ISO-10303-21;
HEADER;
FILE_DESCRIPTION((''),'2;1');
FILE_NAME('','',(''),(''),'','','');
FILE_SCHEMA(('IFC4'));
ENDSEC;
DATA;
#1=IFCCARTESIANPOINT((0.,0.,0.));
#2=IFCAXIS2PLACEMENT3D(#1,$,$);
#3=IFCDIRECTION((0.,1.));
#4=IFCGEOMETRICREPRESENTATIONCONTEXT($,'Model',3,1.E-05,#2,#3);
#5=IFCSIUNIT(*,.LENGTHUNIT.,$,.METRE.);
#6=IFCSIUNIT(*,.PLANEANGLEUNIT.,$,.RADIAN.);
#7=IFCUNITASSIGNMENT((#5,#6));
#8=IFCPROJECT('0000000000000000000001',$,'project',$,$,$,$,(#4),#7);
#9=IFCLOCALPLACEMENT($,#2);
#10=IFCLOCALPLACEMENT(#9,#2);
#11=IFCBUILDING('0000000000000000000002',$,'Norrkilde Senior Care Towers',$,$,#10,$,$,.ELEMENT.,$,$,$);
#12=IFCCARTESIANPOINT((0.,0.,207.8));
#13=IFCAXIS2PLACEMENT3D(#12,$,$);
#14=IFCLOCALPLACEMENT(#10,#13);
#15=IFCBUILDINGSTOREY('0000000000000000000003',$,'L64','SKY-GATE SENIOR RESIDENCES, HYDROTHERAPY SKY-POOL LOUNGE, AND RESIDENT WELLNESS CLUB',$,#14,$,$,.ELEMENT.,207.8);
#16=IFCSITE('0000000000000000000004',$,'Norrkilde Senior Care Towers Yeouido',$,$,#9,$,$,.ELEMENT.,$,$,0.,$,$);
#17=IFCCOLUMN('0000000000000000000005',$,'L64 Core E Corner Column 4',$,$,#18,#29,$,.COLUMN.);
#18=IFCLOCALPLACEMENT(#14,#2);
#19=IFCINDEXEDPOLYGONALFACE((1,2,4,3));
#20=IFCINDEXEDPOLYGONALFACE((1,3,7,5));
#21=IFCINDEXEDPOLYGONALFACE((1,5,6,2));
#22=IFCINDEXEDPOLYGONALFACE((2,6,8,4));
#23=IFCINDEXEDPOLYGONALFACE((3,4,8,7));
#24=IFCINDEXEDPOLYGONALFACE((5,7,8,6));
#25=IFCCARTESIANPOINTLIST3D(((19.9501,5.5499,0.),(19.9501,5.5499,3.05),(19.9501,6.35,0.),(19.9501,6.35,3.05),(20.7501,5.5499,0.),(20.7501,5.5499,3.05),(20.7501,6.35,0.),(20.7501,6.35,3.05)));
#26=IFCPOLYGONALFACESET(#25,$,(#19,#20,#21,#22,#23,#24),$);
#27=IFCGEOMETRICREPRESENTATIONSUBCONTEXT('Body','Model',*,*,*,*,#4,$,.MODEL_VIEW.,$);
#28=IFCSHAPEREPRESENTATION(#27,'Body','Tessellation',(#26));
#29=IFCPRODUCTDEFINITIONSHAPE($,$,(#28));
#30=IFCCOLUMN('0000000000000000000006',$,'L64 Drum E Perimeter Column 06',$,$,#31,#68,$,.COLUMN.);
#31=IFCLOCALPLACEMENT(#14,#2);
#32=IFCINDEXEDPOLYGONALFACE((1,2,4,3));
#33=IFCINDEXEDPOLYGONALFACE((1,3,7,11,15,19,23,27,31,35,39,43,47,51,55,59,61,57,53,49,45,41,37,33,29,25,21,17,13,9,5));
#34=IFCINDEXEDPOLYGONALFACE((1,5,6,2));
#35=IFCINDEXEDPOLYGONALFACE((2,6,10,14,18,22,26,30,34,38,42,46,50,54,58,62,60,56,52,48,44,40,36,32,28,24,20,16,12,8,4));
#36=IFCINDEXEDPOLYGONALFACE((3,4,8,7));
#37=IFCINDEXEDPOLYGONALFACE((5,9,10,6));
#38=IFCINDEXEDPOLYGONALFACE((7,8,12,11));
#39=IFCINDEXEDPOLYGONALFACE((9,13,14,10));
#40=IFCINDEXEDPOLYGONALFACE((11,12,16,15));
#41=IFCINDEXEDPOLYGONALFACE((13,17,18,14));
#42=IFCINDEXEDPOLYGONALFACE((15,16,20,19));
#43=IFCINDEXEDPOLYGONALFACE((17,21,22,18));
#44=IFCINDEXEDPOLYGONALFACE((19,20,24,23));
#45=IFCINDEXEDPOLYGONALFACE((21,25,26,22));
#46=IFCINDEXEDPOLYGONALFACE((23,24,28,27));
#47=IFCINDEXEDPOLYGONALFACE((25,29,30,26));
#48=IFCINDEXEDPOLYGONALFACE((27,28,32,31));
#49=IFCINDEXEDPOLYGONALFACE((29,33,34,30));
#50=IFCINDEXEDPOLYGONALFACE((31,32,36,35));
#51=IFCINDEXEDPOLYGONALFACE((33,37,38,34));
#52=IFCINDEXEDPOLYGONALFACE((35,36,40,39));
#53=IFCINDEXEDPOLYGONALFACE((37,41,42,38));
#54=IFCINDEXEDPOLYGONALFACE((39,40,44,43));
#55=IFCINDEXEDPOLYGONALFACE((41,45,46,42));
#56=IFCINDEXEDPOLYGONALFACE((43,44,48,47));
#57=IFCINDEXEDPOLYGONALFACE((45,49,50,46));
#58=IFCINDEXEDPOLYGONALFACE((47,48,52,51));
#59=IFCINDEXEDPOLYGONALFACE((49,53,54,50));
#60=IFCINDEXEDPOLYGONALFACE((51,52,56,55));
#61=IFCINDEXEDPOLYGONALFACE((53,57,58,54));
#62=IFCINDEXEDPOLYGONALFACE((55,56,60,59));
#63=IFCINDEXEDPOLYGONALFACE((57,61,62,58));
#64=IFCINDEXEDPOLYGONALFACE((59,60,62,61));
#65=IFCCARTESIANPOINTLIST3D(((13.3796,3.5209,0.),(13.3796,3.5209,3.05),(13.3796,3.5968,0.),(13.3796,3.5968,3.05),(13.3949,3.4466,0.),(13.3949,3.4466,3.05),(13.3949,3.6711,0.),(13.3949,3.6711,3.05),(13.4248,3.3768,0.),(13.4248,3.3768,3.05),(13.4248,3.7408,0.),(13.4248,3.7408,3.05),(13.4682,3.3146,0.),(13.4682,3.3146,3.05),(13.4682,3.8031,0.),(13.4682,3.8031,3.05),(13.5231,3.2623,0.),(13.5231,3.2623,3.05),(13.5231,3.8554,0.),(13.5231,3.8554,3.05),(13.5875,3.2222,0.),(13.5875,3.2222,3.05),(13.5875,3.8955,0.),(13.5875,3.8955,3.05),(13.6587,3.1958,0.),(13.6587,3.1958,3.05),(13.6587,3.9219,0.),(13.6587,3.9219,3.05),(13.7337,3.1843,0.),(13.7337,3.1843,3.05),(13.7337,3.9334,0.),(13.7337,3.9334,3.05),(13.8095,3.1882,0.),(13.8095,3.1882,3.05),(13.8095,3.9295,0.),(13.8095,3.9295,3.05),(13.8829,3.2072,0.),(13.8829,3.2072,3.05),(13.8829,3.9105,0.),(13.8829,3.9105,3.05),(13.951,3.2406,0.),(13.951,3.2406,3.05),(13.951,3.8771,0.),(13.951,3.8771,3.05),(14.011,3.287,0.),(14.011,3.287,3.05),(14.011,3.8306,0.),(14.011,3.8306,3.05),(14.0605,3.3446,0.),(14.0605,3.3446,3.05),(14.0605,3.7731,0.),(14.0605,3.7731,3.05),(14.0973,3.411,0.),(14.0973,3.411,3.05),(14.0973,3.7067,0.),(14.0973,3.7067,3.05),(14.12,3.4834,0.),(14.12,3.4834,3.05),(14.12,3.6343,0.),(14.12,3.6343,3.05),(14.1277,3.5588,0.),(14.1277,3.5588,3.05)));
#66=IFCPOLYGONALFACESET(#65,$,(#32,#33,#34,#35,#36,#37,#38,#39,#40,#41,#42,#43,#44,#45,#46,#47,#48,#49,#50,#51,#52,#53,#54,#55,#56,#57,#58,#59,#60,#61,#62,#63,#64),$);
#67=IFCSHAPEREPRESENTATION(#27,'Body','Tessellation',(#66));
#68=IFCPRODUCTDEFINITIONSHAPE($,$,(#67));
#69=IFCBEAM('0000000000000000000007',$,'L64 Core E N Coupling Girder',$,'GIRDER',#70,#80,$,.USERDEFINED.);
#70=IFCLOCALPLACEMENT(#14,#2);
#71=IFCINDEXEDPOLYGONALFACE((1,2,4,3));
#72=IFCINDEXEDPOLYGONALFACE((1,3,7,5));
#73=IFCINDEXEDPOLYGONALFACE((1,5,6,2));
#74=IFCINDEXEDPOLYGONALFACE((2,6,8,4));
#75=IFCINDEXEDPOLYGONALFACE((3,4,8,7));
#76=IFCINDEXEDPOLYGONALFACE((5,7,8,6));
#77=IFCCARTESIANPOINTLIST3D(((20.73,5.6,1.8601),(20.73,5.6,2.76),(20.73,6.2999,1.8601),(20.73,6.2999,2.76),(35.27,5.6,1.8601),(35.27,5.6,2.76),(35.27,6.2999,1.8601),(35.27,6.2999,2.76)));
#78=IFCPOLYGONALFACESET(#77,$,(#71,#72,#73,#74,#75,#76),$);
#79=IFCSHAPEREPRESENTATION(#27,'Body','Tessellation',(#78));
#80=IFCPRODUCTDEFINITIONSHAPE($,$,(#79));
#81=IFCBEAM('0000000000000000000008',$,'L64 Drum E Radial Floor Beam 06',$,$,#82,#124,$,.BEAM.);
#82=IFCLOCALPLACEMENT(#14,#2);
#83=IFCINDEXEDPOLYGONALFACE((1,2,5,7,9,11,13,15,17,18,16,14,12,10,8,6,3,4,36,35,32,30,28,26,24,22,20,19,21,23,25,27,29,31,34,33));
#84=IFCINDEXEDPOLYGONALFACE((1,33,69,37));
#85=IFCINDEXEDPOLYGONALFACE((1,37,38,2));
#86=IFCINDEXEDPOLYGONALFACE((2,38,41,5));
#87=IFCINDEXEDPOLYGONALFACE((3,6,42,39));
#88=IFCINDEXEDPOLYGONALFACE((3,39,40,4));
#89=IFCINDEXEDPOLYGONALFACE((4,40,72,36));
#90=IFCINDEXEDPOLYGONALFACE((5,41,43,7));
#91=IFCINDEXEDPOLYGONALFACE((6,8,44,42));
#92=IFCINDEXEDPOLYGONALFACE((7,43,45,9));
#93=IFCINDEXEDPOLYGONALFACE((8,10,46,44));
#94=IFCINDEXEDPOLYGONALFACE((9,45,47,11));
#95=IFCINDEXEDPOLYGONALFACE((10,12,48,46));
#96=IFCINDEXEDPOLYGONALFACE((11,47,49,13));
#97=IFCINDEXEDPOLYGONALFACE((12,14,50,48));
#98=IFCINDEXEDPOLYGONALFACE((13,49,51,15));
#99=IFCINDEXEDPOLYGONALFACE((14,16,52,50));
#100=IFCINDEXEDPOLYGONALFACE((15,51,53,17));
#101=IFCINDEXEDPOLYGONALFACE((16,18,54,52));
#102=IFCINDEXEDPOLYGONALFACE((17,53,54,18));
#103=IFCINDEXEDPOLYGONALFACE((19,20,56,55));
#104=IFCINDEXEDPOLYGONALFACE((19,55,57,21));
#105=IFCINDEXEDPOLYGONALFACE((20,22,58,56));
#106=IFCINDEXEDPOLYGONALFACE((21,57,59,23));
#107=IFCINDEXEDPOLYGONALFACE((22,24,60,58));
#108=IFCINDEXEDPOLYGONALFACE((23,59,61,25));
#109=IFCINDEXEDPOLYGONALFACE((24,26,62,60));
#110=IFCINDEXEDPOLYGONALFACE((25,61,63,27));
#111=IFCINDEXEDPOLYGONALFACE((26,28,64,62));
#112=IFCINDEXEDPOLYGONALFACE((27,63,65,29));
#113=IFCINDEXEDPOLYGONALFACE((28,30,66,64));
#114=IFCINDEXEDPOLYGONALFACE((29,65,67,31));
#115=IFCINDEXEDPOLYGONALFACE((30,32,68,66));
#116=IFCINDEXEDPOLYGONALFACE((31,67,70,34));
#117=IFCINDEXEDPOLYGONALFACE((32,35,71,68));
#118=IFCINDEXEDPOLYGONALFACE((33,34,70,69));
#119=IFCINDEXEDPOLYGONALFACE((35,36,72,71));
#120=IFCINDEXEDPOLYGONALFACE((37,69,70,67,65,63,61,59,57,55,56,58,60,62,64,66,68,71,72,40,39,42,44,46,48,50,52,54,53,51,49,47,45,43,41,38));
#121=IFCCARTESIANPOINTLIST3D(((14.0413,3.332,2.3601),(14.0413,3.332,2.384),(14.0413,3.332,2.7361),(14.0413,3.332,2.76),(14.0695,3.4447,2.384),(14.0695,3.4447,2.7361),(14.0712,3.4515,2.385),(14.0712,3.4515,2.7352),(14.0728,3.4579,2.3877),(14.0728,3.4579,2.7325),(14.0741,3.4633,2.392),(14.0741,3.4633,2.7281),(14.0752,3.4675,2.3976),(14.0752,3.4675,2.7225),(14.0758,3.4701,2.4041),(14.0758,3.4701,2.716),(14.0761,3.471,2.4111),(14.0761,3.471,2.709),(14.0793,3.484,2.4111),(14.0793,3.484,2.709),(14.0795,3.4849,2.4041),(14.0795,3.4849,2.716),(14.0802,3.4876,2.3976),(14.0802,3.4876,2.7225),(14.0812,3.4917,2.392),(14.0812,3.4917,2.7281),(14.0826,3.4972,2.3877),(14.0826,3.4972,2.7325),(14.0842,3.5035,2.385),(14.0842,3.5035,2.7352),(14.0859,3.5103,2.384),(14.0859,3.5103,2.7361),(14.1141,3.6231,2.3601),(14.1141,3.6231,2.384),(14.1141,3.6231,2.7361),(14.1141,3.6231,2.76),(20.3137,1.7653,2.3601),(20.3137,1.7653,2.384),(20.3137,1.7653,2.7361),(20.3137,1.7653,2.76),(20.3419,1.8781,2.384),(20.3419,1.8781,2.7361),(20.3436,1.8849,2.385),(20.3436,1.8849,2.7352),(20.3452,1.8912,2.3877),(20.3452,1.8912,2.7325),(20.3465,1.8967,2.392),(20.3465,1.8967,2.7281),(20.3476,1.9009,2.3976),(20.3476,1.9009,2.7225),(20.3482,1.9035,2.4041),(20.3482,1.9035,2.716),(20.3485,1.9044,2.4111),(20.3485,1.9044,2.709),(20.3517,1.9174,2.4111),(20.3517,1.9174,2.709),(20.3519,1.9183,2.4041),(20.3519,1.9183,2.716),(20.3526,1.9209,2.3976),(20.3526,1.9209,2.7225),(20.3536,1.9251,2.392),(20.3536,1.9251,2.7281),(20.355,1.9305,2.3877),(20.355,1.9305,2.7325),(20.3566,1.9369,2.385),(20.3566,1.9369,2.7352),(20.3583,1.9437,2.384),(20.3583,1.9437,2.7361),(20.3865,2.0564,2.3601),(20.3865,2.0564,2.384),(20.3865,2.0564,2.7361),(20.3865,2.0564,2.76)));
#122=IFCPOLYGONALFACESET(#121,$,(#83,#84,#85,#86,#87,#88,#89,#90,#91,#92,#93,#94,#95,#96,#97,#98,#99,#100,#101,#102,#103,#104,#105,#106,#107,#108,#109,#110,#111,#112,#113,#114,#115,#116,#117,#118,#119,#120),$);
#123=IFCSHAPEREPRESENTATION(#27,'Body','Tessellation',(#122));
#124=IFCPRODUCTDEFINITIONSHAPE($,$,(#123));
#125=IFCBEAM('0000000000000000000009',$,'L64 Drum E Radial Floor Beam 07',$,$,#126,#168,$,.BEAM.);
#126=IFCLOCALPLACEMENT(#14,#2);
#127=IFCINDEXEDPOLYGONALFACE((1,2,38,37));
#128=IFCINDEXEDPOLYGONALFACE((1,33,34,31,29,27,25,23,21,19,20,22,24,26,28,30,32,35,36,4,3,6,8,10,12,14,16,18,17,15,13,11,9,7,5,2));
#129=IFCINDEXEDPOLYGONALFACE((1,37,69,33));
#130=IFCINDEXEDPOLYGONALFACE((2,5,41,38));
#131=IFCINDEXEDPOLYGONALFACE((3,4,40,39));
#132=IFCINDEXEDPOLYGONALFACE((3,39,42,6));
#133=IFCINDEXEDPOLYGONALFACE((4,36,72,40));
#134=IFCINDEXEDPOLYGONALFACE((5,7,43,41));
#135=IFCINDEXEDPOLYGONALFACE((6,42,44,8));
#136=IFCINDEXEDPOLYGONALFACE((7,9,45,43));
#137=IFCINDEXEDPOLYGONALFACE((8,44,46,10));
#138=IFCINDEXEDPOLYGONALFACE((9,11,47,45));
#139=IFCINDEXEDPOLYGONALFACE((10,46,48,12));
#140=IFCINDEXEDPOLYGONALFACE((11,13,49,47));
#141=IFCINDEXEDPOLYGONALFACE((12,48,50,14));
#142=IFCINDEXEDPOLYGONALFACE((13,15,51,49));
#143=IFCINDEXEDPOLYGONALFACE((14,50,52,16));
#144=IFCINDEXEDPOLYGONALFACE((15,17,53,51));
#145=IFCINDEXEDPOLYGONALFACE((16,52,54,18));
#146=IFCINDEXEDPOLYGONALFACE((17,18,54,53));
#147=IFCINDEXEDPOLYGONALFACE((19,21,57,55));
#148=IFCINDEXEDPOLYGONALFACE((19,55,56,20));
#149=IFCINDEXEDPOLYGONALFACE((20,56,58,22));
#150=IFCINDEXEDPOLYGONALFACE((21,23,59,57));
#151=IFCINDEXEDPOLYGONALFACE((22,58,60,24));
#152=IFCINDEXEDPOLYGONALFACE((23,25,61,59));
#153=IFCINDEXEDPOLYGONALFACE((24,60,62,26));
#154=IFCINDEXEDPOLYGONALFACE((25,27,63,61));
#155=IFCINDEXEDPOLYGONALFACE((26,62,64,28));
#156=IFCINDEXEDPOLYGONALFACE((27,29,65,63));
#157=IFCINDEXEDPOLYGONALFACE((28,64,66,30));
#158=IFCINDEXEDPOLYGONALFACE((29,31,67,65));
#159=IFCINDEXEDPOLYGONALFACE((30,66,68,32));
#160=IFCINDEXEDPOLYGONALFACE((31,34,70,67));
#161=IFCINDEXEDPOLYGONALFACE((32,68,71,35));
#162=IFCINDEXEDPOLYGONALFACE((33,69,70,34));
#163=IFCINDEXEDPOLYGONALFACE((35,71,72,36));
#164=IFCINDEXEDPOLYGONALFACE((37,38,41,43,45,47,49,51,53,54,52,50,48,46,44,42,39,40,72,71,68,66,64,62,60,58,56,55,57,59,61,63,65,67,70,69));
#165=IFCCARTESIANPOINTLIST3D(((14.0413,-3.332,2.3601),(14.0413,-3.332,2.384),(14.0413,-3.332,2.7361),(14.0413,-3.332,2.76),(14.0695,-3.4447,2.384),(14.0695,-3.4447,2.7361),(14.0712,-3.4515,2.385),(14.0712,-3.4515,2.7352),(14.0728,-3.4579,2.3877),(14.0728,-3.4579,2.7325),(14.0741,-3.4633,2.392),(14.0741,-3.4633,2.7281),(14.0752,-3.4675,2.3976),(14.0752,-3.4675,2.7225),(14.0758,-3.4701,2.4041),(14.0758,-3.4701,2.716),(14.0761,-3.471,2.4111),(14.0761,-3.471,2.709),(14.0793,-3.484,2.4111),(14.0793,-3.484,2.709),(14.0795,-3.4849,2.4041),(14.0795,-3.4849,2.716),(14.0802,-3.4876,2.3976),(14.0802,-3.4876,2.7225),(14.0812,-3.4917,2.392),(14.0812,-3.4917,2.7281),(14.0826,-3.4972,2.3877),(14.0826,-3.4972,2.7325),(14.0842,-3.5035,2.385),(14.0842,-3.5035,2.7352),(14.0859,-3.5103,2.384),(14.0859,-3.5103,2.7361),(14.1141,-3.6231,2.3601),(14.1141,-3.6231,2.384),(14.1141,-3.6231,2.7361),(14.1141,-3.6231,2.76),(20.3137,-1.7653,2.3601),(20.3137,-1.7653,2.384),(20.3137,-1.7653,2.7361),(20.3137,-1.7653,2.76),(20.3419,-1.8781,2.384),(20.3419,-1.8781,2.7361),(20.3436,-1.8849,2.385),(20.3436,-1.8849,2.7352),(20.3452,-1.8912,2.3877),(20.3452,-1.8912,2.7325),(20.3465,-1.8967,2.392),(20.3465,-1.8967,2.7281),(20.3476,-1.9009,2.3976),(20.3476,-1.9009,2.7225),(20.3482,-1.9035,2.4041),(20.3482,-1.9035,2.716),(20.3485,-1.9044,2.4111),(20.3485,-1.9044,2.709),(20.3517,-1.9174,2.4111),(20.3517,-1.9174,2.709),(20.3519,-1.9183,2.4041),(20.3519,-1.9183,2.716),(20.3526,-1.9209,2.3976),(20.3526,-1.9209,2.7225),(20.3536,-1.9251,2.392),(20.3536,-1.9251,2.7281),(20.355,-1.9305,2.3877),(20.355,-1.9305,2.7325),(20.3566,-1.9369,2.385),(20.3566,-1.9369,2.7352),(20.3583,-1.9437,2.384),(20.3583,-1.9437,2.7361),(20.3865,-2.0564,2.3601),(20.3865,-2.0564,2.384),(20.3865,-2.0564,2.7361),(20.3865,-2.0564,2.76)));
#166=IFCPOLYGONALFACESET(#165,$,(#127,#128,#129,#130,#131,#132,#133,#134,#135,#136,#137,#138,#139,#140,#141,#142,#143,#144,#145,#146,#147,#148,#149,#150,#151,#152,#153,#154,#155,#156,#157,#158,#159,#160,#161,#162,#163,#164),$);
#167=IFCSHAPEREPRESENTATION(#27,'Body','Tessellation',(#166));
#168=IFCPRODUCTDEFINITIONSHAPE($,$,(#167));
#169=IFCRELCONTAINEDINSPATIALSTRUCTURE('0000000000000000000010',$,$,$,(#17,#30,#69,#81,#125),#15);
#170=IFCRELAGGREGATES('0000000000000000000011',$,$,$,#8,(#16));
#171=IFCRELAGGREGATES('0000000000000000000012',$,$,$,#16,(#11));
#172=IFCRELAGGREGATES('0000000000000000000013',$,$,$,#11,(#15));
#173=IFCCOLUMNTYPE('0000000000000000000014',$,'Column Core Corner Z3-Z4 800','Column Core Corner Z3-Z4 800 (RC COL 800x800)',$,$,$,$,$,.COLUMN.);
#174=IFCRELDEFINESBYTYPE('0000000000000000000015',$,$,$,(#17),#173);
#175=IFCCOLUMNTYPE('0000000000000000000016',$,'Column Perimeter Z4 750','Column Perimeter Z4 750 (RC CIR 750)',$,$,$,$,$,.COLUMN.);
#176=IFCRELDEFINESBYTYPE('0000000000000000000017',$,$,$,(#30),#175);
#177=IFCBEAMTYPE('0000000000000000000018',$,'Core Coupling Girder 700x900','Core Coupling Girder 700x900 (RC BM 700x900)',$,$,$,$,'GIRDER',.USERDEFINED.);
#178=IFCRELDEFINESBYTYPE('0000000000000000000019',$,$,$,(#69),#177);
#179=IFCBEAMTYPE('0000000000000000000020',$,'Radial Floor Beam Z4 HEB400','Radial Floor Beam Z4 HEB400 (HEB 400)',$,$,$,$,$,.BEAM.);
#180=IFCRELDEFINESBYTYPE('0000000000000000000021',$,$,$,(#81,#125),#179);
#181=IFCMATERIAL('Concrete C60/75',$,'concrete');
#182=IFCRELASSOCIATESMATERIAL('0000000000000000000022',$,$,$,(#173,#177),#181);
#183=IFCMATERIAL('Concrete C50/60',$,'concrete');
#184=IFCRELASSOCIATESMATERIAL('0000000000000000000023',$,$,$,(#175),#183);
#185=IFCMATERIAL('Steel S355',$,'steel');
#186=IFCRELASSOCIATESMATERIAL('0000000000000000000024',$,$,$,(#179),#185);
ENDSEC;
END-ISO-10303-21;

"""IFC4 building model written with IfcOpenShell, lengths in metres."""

from ifc_helpers import new_model, si_unit, direction, frame, origin, origin_2d, place, context, subcontext, project, spatial, rectangle, circle, i_section, extrude, source, transform, mapped, material, material_profile, profile_set, type_object, type_shapes, element, save


model = new_model("IFC4")

# Units and contexts
model_context = context("Model", 3, precision=1e-05, world=origin(), true_north=direction((0.0, 1.0)))
body_context = subcontext(model_context, "Body", "Model", "MODEL_VIEW")
ifc_project = project(units=[si_unit("LENGTHUNIT", "METRE"), si_unit("PLANEANGLEUNIT", "RADIAN")], contexts=[model_context])

# Site, building, storey
site_placement = place(None, origin())
site = spatial("IfcSite", under=ifc_project, at=site_placement, Name="Norrkilde Senior Care Towers Yeouido", CompositionType="ELEMENT", RefElevation=0.0)
building_placement = place(site_placement, origin())
building = spatial("IfcBuilding", under=site, at=building_placement, Name="Norrkilde Senior Care Towers", CompositionType="ELEMENT")
storey_placement = place(building_placement, frame((0.0, 0.0, 207.8)))
storey = spatial("IfcBuildingStorey", under=building, at=storey_placement, Name="L64", Description="SKY-GATE SENIOR RESIDENCES, HYDROTHERAPY SKY-POOL LOUNGE, AND RESIDENT WELLNESS CLUB", CompositionType="ELEMENT", Elevation=207.8)

# Columns
ifc_material_1 = material(Name="Concrete C60/75", Category="concrete")
ifc_material_profile_1 = material_profile(ifc_material_1, rectangle(XDim=0.8, YDim=0.8, at=origin_2d()), Name="RC COL 800x800")
ifc_profile_set_1 = profile_set([ifc_material_profile_1], Name="Concrete C60/75")
column_type_1 = type_object("IfcColumnType", Name="Column Core Corner Z3-Z4 800", Description="Column Core Corner Z3-Z4 800 (RC COL 800x800)", PredefinedType="COLUMN", material=ifc_profile_set_1)
shared_shape_1 = source(origin(), body_context, "Body", "SweptSolid", [
    extrude(rectangle(XDim=0.8, YDim=0.8, at=origin_2d()), origin(), (0.0, 0.0, 1.0), 3.05),
])
type_shapes(column_type_1, [shared_shape_1])
column_1_placement = place(storey_placement, frame((20.3501, 5.95, 0.0), z_axis=(0.0, 0.0, 1.0), x_axis=(1.0, 0.0, 0.0)))
element("IfcColumn", 1, at=column_1_placement, inside=storey, type_object=column_type_1, Name="L64 Core E Corner Column 4", PredefinedType="COLUMN", context=body_context, shape_type="MappedRepresentation", body=[
    mapped(shared_shape_1, transform((0.0, 0.0, 0.0), x_axis=(1.0, 0.0, 0.0), y_axis=(0.0, 1.0, 0.0), z_axis=(0.0, 0.0, 1.0), scale=1.0)),
])
ifc_material_2 = material(Name="Concrete C50/60", Category="concrete")
ifc_material_profile_2 = material_profile(ifc_material_2, circle(Radius=0.375, at=origin_2d()), Name="RC CIR 750")
ifc_profile_set_2 = profile_set([ifc_material_profile_2], Name="Concrete C50/60")
column_type_2 = type_object("IfcColumnType", Name="Column Perimeter Z4 750", Description="Column Perimeter Z4 750 (RC CIR 750)", PredefinedType="COLUMN", material=ifc_profile_set_2)
shared_shape_2 = source(origin(), body_context, "Body", "SweptSolid", [
    extrude(circle(Radius=0.375, at=origin_2d()), origin(), (0.0, 0.0, 1.0), 3.05),
])
type_shapes(column_type_2, [shared_shape_2])
column_2_placement = place(storey_placement, frame((13.7527, 3.5588, 0.0), z_axis=(0.0, 0.0, 1.0), x_axis=(1.0, 0.0, 0.0)))
element("IfcColumn", 2, at=column_2_placement, inside=storey, type_object=column_type_2, Name="L64 Drum E Perimeter Column 06", PredefinedType="COLUMN", context=body_context, shape_type="MappedRepresentation", body=[
    mapped(shared_shape_2, transform((0.0, 0.0, 0.0), x_axis=(1.0, 0.0, 0.0), y_axis=(0.0, 1.0, 0.0), z_axis=(0.0, 0.0, 1.0), scale=1.0)),
])

# Beams
ifc_material_profile_3 = material_profile(ifc_material_1, rectangle(XDim=0.7, YDim=0.8999, at=origin_2d()), Name="RC BM 700x900")
ifc_profile_set_3 = profile_set([ifc_material_profile_3], Name="Concrete C60/75")
beam_type_1 = type_object("IfcBeamType", Name="Core Coupling Girder 700x900", Description="Core Coupling Girder 700x900 (RC BM 700x900)", ElementType="GIRDER", PredefinedType="USERDEFINED", material=ifc_profile_set_3)
shared_shape_3 = source(origin(), body_context, "Body", "SweptSolid", [
    extrude(rectangle(XDim=0.7, YDim=0.8999, at=origin_2d()), origin(), (0.0, 0.0, 1.0), 14.54),
])
type_shapes(beam_type_1, [shared_shape_3])
beam_1_placement = place(storey_placement, frame((20.73, 5.95, 2.3101), z_axis=(1.0, 0.0, 0.0), x_axis=(0.0, 1.0, 0.0)))
element("IfcBeam", 3, at=beam_1_placement, inside=storey, type_object=beam_type_1, Name="L64 Core E N Coupling Girder", ObjectType="GIRDER", PredefinedType="USERDEFINED", context=body_context, shape_type="MappedRepresentation", body=[
    mapped(shared_shape_3, transform((0.0, 0.0, 0.0), x_axis=(1.0, 0.0, 0.0), y_axis=(0.0, 1.0, 0.0), z_axis=(0.0, 0.0, 1.0), scale=1.0)),
])
ifc_material_3 = material(Name="Steel S355", Category="steel")
ifc_material_profile_4 = material_profile(ifc_material_3, i_section(OverallWidth=0.3, OverallDepth=0.3999, WebThickness=0.0134, FlangeThickness=0.0239, FilletRadius=0.0271, at=origin_2d()), Name="HEB 400")
ifc_profile_set_4 = profile_set([ifc_material_profile_4], Name="Steel S355")
beam_type_2 = type_object("IfcBeamType", Name="Radial Floor Beam Z4 HEB400", Description="Radial Floor Beam Z4 HEB400 (HEB 400)", PredefinedType="BEAM", material=ifc_profile_set_4)
shared_shape_4 = source(origin(), body_context, "Body", "SweptSolid", [
    extrude(i_section(OverallWidth=0.3, OverallDepth=0.3999, WebThickness=0.0134, FlangeThickness=0.0239, FilletRadius=0.0271, at=origin_2d()), origin(), (0.0, 0.0, 1.0), 6.4651),
])
for number, where, z_axis, x_axis, name in (
    (4, (20.3501, 1.9109, 2.5601), (-0.970196, 0.242322, 0.0), (-0.242322, -0.970196, 0.0), "L64 Drum E Radial Floor Beam 06"),
    (5, (20.3501, -1.9109, 2.5601), (-0.970196, -0.242322, 0.0), (0.242322, -0.970196, 0.0), "L64 Drum E Radial Floor Beam 07"),
):
    element("IfcBeam", number, at=place(storey_placement, frame(where, z_axis=z_axis, x_axis=x_axis)), inside=storey, type_object=beam_type_2, Name=name, PredefinedType="BEAM", context=body_context, shape_type="MappedRepresentation", body=[
        mapped(shared_shape_4, transform((0.0, 0.0, 0.0), x_axis=(1.0, 0.0, 0.0), y_axis=(0.0, 1.0, 0.0), z_axis=(0.0, 0.0, 1.0), scale=1.0)),
    ])

save(model, "model.ifc")
